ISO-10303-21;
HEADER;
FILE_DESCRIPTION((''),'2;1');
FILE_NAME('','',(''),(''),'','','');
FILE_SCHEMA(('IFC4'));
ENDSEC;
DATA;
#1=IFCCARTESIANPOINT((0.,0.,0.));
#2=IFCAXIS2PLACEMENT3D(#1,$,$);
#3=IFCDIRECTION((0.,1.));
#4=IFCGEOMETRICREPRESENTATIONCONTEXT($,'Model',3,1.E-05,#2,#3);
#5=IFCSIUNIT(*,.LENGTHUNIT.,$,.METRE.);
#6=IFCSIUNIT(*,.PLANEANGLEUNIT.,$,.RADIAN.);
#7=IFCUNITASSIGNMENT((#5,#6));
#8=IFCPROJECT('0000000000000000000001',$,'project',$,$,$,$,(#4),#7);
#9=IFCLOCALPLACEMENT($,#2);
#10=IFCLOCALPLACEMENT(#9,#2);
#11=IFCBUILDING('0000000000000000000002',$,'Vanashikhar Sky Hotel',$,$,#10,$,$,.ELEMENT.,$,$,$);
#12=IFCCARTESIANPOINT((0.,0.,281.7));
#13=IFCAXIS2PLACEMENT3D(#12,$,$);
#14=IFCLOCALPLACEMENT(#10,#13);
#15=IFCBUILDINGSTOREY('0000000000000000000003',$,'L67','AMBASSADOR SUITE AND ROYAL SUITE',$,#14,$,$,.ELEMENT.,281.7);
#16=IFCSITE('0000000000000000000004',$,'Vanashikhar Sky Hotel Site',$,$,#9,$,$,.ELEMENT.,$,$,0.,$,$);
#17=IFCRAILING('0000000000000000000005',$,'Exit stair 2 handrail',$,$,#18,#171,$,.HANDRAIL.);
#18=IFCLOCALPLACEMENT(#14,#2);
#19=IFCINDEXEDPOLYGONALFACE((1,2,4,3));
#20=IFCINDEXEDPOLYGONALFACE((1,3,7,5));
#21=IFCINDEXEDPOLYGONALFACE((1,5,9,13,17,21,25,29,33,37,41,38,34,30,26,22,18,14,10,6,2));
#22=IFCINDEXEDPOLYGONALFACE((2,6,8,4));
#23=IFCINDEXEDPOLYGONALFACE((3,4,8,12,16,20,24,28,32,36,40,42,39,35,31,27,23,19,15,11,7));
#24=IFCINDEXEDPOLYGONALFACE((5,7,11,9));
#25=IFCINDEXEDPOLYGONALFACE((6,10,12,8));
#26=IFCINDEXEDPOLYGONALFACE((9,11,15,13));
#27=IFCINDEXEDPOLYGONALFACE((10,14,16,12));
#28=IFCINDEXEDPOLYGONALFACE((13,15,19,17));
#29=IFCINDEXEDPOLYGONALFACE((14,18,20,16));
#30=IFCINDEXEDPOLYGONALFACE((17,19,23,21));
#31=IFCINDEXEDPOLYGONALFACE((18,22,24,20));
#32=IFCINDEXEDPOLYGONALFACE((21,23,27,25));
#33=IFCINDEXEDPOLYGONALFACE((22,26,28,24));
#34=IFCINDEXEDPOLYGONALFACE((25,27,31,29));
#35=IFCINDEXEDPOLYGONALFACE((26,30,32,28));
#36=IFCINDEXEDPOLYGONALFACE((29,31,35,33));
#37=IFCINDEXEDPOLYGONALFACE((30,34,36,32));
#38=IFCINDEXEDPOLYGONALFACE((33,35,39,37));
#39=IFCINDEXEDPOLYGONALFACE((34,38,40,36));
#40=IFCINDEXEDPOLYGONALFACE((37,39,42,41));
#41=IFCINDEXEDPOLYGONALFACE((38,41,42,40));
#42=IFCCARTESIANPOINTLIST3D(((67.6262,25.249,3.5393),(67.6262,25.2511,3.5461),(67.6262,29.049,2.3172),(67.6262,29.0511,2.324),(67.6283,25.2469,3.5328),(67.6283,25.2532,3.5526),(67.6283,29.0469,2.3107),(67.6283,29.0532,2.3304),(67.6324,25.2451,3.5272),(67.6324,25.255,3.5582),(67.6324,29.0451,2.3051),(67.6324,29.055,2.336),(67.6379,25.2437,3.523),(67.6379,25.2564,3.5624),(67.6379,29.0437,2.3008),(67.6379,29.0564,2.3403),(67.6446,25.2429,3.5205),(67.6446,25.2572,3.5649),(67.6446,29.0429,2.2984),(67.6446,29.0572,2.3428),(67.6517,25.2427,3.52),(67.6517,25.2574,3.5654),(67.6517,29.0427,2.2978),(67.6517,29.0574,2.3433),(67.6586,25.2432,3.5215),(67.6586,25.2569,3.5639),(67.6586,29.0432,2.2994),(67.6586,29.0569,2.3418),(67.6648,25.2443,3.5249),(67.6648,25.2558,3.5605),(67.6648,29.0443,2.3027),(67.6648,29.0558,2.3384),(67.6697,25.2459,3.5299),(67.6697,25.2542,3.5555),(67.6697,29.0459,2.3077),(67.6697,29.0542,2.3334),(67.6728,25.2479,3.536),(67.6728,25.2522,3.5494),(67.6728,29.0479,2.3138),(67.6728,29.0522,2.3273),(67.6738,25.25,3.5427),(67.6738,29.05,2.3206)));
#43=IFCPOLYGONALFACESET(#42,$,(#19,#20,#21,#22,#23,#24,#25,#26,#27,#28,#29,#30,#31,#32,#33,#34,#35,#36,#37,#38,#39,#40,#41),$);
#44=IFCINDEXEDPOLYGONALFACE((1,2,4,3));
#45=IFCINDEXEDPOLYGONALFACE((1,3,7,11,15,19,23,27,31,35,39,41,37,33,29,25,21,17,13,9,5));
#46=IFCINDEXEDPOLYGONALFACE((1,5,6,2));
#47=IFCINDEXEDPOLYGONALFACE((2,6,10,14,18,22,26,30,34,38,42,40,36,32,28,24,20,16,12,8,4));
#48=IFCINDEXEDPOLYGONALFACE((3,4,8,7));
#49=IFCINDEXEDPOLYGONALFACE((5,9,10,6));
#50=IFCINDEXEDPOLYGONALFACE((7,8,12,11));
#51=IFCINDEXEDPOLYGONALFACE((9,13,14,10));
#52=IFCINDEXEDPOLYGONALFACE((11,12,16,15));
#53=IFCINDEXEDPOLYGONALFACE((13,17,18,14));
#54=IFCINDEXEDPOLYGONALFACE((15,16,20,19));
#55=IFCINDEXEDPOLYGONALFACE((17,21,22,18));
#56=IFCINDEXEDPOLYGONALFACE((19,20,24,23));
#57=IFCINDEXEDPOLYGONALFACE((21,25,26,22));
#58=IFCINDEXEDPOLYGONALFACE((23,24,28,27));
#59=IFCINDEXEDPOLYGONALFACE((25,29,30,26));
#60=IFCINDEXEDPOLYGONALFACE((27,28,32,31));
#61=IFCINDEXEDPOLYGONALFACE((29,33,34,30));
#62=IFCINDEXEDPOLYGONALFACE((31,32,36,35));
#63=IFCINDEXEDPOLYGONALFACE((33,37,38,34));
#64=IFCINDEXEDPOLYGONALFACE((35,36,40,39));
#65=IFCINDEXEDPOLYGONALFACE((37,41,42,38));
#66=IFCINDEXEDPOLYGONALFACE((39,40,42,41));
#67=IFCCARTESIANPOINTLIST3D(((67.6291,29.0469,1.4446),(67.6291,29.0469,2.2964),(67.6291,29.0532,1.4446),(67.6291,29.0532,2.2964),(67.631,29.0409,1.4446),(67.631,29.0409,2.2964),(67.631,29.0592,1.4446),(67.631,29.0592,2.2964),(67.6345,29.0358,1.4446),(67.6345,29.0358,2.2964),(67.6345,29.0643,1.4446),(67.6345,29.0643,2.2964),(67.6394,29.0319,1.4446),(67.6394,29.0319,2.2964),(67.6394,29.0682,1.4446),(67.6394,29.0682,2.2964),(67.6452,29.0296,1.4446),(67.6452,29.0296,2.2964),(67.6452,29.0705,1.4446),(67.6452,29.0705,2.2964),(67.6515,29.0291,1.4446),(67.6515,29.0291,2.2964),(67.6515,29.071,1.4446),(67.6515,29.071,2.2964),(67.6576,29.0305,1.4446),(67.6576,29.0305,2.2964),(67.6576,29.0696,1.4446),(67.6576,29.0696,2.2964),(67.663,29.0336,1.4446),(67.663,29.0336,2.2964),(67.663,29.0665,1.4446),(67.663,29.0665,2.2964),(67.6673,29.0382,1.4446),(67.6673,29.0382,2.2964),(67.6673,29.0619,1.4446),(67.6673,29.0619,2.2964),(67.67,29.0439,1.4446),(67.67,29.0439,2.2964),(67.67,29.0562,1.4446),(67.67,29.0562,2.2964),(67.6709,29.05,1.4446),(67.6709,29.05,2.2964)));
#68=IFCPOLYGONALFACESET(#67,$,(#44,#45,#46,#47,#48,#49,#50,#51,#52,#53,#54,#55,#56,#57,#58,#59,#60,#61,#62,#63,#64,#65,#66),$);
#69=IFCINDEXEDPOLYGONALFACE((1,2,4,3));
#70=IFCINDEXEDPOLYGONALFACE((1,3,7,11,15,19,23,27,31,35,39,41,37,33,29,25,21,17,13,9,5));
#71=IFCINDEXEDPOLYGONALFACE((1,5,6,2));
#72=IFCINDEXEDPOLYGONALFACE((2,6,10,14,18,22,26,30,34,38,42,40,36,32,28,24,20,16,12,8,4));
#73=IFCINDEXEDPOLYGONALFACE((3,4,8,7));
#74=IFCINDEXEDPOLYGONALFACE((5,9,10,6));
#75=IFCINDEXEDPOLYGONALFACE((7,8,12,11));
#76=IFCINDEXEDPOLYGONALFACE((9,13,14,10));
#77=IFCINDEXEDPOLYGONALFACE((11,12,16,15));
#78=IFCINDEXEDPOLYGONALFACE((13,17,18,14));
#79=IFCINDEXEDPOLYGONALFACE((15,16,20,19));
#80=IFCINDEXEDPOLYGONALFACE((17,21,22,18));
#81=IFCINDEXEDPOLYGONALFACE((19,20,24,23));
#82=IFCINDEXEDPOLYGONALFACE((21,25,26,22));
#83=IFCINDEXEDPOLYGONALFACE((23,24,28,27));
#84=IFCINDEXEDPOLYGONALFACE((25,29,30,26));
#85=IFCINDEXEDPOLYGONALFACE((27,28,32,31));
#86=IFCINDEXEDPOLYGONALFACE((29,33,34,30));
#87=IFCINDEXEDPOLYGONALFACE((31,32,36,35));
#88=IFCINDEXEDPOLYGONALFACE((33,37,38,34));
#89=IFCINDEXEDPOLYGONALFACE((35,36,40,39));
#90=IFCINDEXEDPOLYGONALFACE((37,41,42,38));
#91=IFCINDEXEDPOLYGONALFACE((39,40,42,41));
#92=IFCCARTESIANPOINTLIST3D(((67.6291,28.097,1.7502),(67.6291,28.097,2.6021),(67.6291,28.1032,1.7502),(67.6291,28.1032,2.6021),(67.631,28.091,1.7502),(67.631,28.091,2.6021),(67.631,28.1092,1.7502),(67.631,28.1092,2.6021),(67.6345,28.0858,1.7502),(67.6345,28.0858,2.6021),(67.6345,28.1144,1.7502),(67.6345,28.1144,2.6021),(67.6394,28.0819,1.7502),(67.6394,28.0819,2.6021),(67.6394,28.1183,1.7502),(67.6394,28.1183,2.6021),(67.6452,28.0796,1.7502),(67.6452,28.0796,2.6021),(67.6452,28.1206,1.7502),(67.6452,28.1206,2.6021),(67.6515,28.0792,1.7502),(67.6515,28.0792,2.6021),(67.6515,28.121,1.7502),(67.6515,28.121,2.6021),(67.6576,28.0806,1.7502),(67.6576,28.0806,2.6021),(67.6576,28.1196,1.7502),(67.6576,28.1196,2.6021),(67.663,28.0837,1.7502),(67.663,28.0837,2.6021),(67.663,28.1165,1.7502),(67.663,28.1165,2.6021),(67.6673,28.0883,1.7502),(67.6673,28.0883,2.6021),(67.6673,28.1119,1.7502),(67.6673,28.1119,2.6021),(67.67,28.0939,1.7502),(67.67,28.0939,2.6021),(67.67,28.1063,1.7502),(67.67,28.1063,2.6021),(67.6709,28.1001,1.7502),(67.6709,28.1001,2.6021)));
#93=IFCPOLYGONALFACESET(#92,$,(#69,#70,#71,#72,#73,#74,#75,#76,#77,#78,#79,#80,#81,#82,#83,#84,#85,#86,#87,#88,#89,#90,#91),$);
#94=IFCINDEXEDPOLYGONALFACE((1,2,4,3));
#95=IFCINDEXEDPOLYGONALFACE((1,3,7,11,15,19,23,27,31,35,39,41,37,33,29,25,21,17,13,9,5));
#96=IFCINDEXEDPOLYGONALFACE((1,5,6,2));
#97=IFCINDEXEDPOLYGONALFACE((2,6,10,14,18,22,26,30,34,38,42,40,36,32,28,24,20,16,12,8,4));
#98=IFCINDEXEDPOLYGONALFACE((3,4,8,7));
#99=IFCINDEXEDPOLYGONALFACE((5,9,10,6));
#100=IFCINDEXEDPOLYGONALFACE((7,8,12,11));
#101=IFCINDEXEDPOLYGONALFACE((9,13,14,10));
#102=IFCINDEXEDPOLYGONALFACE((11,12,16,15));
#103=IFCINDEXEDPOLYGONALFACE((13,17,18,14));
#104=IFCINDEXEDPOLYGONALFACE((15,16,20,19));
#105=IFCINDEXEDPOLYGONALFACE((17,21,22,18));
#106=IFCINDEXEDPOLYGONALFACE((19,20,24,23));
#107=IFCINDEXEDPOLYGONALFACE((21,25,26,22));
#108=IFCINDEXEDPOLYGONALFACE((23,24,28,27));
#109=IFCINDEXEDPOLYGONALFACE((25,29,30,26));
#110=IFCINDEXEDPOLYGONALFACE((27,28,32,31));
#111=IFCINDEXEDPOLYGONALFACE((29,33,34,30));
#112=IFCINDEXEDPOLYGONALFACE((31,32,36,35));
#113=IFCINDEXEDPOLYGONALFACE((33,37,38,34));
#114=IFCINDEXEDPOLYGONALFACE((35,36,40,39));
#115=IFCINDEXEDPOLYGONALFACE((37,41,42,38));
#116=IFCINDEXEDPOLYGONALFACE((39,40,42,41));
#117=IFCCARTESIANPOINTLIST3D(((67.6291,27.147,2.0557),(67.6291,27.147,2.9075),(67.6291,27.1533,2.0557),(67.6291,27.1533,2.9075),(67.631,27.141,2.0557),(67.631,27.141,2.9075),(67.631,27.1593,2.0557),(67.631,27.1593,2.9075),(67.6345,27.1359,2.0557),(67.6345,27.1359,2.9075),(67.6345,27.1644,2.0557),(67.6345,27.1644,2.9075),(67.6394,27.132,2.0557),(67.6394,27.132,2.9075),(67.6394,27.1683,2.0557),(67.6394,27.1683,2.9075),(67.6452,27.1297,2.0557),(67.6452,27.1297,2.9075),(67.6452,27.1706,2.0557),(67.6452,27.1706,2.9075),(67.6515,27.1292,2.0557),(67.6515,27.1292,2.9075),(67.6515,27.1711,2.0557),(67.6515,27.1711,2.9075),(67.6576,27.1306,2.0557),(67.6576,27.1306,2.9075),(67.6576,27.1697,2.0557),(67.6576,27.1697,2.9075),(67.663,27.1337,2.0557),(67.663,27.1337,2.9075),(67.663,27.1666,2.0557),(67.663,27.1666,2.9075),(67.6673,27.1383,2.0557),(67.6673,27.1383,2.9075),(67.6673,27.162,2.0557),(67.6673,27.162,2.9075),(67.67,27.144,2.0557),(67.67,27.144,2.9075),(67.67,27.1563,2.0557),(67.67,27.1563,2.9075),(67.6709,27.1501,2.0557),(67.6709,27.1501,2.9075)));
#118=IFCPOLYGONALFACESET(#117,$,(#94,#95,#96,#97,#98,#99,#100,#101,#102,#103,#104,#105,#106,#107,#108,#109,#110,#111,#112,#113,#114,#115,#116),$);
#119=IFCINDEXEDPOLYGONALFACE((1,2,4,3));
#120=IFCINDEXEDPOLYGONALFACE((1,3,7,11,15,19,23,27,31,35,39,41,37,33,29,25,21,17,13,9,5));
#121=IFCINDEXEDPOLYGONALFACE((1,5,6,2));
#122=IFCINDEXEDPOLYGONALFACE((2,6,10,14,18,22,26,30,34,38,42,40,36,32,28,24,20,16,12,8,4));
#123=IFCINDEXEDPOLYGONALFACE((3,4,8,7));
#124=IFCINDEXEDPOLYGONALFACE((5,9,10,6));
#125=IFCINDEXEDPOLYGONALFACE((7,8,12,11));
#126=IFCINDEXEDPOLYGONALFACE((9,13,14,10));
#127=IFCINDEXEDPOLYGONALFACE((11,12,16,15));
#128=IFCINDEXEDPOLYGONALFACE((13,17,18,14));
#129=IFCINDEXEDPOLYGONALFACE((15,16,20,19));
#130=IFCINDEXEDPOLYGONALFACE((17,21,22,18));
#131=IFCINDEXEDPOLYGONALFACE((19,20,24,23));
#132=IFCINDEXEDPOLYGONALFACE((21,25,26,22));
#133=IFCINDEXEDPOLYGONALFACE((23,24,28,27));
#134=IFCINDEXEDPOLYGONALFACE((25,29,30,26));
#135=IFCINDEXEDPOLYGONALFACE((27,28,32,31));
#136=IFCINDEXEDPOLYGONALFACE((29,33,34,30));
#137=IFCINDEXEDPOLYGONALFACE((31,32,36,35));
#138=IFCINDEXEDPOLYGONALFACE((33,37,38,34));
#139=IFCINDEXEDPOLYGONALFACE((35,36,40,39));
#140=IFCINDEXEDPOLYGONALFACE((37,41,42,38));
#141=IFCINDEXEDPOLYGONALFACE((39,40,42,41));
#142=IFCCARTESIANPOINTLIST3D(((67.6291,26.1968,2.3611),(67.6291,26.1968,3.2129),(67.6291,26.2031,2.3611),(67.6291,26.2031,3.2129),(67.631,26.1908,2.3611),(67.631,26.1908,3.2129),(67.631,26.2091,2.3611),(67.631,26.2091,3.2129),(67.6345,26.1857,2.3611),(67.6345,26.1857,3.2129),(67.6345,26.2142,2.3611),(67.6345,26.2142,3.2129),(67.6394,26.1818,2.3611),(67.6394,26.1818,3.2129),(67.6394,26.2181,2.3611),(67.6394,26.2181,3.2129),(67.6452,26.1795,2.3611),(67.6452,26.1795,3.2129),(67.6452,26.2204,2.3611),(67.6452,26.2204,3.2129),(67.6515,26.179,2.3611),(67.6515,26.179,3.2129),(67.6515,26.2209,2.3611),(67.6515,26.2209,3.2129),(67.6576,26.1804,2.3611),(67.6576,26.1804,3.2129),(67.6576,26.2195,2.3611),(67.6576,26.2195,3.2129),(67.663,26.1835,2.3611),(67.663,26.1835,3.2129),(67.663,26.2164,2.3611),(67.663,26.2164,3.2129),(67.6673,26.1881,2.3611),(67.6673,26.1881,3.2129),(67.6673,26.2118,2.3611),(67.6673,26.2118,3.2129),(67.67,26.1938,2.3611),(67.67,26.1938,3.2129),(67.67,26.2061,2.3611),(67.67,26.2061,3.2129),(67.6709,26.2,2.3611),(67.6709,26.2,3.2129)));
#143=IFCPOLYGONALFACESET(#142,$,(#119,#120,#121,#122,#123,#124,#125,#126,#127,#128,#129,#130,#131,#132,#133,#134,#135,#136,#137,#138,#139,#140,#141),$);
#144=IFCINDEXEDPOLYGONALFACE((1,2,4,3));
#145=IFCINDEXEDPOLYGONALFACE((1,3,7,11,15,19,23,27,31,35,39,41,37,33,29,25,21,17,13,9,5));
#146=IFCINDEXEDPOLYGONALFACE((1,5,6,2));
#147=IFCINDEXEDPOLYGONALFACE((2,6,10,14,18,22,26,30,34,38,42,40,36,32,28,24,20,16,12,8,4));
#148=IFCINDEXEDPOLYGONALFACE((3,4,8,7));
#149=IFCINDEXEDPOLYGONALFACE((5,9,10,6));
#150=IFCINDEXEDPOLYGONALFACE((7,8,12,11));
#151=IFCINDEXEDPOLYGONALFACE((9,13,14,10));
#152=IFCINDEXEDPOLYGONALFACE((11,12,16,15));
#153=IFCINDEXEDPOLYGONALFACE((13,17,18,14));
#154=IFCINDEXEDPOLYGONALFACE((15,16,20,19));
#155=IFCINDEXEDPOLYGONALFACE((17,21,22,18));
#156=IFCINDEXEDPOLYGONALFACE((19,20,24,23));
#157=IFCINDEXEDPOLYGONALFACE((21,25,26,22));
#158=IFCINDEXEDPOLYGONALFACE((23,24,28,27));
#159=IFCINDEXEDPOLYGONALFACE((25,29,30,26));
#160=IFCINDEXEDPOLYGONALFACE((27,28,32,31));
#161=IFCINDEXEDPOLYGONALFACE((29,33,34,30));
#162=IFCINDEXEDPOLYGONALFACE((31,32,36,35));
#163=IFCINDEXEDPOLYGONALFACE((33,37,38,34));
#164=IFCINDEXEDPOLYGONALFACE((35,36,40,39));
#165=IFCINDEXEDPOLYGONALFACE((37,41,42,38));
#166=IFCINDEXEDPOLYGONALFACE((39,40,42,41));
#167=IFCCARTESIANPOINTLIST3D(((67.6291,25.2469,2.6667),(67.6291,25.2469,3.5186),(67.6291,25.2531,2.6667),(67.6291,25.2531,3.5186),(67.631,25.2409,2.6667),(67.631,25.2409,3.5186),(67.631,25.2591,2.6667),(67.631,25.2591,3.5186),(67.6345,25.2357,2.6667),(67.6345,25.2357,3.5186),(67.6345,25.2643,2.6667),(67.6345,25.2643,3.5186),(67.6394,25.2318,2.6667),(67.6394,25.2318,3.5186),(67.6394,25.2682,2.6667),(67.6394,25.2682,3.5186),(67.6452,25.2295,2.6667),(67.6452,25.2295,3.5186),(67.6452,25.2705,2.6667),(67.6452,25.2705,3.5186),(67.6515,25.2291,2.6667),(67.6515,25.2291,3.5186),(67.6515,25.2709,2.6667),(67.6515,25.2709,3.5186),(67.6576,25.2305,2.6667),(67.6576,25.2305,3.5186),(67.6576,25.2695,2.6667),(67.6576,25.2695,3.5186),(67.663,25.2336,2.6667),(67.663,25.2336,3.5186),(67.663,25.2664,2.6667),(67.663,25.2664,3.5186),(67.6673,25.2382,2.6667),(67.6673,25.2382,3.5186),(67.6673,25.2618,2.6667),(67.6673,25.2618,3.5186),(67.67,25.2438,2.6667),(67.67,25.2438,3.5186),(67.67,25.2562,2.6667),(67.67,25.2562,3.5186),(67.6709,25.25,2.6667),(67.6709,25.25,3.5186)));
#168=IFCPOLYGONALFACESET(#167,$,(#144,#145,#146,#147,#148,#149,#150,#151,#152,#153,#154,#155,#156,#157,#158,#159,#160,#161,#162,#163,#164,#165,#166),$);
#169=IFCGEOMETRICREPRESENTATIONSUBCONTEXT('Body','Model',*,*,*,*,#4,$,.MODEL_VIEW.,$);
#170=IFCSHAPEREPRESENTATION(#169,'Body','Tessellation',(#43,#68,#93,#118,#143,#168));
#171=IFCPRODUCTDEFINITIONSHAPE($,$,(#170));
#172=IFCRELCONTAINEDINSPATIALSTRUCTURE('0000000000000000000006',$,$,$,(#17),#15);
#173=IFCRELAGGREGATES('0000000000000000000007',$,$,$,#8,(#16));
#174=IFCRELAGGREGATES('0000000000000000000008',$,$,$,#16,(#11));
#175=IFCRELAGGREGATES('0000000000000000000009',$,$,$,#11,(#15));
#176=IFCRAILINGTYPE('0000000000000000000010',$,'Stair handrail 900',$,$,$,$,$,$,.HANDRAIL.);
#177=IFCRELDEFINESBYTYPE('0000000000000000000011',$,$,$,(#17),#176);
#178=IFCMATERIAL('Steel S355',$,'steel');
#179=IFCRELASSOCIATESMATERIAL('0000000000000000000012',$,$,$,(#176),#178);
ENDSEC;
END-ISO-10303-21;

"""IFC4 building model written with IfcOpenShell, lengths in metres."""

from ifc_helpers import new_model, si_unit, direction, frame, origin, origin_2d, place, context, subcontext, project, spatial, circle, extrude, source, transform, mapped, material, type_object, element, save


model = new_model("IFC4")

# Units and contexts
model_context = context("Model", 3, precision=1e-05, world=origin(), true_north=direction((0.0, 1.0)))
body_context = subcontext(model_context, "Body", "Model", "MODEL_VIEW")
ifc_project = project(units=[si_unit("LENGTHUNIT", "METRE"), si_unit("PLANEANGLEUNIT", "RADIAN")], contexts=[model_context])

# Site, building, storey
site_placement = place(None, origin())
site = spatial("IfcSite", under=ifc_project, at=site_placement, Name="Vanashikhar Sky Hotel Site", CompositionType="ELEMENT", RefElevation=0.0)
building_placement = place(site_placement, origin())
building = spatial("IfcBuilding", under=site, at=building_placement, Name="Vanashikhar Sky Hotel", CompositionType="ELEMENT")
storey_placement = place(building_placement, frame((0.0, 0.0, 281.7)))
storey = spatial("IfcBuildingStorey", under=building, at=storey_placement, Name="L67", Description="AMBASSADOR SUITE AND ROYAL SUITE", CompositionType="ELEMENT", Elevation=281.7)

# Railing
ifc_material_1 = material(Name="Steel S355", Category="steel")
railing_type_1 = type_object("IfcRailingType", Name="Stair handrail 900", PredefinedType="HANDRAIL", material=ifc_material_1)
shared_shape_1 = source(origin(), body_context, "Body", "SweptSolid", [
    extrude(circle(Radius=0.0239, at=origin_2d()), frame((0.0, 0.0, 0.876), z_axis=(0.0, -0.951976, 0.306173), x_axis=(1.0, 0.0, 0.0)), (0.0, 0.0, 1.0), 3.9917),
    extrude(circle(Radius=0.021, at=origin_2d()), origin(), (0.0, 0.0, 1.0), 0.8518),
    extrude(circle(Radius=0.021, at=origin_2d()), frame((0.0, -0.95, 0.3057)), (0.0, 0.0, 1.0), 0.8518),
    extrude(circle(Radius=0.021, at=origin_2d()), frame((0.0, -1.8999, 0.6111)), (0.0, 0.0, 1.0), 0.8518),
    extrude(circle(Radius=0.021, at=origin_2d()), frame((0.0, -2.8501, 0.9165)), (0.0, 0.0, 1.0), 0.8518),
    extrude(circle(Radius=0.021, at=origin_2d()), frame((0.0, -3.8, 1.2222)), (0.0, 0.0, 1.0), 0.8518),
])
for number, where, name in (
    (1, (67.6499, 29.05, 1.4446), "Exit stair 2 handrail"),
):
    element("IfcRailing", number, at=place(storey_placement, frame(where)), inside=storey, type_object=railing_type_1, Name=name, PredefinedType="HANDRAIL", context=body_context, shape_type="MappedRepresentation", body=[
        mapped(shared_shape_1, transform((0.0, 0.0, 0.0), scale=1.0)),
    ])

save(model, "model.ifc")
